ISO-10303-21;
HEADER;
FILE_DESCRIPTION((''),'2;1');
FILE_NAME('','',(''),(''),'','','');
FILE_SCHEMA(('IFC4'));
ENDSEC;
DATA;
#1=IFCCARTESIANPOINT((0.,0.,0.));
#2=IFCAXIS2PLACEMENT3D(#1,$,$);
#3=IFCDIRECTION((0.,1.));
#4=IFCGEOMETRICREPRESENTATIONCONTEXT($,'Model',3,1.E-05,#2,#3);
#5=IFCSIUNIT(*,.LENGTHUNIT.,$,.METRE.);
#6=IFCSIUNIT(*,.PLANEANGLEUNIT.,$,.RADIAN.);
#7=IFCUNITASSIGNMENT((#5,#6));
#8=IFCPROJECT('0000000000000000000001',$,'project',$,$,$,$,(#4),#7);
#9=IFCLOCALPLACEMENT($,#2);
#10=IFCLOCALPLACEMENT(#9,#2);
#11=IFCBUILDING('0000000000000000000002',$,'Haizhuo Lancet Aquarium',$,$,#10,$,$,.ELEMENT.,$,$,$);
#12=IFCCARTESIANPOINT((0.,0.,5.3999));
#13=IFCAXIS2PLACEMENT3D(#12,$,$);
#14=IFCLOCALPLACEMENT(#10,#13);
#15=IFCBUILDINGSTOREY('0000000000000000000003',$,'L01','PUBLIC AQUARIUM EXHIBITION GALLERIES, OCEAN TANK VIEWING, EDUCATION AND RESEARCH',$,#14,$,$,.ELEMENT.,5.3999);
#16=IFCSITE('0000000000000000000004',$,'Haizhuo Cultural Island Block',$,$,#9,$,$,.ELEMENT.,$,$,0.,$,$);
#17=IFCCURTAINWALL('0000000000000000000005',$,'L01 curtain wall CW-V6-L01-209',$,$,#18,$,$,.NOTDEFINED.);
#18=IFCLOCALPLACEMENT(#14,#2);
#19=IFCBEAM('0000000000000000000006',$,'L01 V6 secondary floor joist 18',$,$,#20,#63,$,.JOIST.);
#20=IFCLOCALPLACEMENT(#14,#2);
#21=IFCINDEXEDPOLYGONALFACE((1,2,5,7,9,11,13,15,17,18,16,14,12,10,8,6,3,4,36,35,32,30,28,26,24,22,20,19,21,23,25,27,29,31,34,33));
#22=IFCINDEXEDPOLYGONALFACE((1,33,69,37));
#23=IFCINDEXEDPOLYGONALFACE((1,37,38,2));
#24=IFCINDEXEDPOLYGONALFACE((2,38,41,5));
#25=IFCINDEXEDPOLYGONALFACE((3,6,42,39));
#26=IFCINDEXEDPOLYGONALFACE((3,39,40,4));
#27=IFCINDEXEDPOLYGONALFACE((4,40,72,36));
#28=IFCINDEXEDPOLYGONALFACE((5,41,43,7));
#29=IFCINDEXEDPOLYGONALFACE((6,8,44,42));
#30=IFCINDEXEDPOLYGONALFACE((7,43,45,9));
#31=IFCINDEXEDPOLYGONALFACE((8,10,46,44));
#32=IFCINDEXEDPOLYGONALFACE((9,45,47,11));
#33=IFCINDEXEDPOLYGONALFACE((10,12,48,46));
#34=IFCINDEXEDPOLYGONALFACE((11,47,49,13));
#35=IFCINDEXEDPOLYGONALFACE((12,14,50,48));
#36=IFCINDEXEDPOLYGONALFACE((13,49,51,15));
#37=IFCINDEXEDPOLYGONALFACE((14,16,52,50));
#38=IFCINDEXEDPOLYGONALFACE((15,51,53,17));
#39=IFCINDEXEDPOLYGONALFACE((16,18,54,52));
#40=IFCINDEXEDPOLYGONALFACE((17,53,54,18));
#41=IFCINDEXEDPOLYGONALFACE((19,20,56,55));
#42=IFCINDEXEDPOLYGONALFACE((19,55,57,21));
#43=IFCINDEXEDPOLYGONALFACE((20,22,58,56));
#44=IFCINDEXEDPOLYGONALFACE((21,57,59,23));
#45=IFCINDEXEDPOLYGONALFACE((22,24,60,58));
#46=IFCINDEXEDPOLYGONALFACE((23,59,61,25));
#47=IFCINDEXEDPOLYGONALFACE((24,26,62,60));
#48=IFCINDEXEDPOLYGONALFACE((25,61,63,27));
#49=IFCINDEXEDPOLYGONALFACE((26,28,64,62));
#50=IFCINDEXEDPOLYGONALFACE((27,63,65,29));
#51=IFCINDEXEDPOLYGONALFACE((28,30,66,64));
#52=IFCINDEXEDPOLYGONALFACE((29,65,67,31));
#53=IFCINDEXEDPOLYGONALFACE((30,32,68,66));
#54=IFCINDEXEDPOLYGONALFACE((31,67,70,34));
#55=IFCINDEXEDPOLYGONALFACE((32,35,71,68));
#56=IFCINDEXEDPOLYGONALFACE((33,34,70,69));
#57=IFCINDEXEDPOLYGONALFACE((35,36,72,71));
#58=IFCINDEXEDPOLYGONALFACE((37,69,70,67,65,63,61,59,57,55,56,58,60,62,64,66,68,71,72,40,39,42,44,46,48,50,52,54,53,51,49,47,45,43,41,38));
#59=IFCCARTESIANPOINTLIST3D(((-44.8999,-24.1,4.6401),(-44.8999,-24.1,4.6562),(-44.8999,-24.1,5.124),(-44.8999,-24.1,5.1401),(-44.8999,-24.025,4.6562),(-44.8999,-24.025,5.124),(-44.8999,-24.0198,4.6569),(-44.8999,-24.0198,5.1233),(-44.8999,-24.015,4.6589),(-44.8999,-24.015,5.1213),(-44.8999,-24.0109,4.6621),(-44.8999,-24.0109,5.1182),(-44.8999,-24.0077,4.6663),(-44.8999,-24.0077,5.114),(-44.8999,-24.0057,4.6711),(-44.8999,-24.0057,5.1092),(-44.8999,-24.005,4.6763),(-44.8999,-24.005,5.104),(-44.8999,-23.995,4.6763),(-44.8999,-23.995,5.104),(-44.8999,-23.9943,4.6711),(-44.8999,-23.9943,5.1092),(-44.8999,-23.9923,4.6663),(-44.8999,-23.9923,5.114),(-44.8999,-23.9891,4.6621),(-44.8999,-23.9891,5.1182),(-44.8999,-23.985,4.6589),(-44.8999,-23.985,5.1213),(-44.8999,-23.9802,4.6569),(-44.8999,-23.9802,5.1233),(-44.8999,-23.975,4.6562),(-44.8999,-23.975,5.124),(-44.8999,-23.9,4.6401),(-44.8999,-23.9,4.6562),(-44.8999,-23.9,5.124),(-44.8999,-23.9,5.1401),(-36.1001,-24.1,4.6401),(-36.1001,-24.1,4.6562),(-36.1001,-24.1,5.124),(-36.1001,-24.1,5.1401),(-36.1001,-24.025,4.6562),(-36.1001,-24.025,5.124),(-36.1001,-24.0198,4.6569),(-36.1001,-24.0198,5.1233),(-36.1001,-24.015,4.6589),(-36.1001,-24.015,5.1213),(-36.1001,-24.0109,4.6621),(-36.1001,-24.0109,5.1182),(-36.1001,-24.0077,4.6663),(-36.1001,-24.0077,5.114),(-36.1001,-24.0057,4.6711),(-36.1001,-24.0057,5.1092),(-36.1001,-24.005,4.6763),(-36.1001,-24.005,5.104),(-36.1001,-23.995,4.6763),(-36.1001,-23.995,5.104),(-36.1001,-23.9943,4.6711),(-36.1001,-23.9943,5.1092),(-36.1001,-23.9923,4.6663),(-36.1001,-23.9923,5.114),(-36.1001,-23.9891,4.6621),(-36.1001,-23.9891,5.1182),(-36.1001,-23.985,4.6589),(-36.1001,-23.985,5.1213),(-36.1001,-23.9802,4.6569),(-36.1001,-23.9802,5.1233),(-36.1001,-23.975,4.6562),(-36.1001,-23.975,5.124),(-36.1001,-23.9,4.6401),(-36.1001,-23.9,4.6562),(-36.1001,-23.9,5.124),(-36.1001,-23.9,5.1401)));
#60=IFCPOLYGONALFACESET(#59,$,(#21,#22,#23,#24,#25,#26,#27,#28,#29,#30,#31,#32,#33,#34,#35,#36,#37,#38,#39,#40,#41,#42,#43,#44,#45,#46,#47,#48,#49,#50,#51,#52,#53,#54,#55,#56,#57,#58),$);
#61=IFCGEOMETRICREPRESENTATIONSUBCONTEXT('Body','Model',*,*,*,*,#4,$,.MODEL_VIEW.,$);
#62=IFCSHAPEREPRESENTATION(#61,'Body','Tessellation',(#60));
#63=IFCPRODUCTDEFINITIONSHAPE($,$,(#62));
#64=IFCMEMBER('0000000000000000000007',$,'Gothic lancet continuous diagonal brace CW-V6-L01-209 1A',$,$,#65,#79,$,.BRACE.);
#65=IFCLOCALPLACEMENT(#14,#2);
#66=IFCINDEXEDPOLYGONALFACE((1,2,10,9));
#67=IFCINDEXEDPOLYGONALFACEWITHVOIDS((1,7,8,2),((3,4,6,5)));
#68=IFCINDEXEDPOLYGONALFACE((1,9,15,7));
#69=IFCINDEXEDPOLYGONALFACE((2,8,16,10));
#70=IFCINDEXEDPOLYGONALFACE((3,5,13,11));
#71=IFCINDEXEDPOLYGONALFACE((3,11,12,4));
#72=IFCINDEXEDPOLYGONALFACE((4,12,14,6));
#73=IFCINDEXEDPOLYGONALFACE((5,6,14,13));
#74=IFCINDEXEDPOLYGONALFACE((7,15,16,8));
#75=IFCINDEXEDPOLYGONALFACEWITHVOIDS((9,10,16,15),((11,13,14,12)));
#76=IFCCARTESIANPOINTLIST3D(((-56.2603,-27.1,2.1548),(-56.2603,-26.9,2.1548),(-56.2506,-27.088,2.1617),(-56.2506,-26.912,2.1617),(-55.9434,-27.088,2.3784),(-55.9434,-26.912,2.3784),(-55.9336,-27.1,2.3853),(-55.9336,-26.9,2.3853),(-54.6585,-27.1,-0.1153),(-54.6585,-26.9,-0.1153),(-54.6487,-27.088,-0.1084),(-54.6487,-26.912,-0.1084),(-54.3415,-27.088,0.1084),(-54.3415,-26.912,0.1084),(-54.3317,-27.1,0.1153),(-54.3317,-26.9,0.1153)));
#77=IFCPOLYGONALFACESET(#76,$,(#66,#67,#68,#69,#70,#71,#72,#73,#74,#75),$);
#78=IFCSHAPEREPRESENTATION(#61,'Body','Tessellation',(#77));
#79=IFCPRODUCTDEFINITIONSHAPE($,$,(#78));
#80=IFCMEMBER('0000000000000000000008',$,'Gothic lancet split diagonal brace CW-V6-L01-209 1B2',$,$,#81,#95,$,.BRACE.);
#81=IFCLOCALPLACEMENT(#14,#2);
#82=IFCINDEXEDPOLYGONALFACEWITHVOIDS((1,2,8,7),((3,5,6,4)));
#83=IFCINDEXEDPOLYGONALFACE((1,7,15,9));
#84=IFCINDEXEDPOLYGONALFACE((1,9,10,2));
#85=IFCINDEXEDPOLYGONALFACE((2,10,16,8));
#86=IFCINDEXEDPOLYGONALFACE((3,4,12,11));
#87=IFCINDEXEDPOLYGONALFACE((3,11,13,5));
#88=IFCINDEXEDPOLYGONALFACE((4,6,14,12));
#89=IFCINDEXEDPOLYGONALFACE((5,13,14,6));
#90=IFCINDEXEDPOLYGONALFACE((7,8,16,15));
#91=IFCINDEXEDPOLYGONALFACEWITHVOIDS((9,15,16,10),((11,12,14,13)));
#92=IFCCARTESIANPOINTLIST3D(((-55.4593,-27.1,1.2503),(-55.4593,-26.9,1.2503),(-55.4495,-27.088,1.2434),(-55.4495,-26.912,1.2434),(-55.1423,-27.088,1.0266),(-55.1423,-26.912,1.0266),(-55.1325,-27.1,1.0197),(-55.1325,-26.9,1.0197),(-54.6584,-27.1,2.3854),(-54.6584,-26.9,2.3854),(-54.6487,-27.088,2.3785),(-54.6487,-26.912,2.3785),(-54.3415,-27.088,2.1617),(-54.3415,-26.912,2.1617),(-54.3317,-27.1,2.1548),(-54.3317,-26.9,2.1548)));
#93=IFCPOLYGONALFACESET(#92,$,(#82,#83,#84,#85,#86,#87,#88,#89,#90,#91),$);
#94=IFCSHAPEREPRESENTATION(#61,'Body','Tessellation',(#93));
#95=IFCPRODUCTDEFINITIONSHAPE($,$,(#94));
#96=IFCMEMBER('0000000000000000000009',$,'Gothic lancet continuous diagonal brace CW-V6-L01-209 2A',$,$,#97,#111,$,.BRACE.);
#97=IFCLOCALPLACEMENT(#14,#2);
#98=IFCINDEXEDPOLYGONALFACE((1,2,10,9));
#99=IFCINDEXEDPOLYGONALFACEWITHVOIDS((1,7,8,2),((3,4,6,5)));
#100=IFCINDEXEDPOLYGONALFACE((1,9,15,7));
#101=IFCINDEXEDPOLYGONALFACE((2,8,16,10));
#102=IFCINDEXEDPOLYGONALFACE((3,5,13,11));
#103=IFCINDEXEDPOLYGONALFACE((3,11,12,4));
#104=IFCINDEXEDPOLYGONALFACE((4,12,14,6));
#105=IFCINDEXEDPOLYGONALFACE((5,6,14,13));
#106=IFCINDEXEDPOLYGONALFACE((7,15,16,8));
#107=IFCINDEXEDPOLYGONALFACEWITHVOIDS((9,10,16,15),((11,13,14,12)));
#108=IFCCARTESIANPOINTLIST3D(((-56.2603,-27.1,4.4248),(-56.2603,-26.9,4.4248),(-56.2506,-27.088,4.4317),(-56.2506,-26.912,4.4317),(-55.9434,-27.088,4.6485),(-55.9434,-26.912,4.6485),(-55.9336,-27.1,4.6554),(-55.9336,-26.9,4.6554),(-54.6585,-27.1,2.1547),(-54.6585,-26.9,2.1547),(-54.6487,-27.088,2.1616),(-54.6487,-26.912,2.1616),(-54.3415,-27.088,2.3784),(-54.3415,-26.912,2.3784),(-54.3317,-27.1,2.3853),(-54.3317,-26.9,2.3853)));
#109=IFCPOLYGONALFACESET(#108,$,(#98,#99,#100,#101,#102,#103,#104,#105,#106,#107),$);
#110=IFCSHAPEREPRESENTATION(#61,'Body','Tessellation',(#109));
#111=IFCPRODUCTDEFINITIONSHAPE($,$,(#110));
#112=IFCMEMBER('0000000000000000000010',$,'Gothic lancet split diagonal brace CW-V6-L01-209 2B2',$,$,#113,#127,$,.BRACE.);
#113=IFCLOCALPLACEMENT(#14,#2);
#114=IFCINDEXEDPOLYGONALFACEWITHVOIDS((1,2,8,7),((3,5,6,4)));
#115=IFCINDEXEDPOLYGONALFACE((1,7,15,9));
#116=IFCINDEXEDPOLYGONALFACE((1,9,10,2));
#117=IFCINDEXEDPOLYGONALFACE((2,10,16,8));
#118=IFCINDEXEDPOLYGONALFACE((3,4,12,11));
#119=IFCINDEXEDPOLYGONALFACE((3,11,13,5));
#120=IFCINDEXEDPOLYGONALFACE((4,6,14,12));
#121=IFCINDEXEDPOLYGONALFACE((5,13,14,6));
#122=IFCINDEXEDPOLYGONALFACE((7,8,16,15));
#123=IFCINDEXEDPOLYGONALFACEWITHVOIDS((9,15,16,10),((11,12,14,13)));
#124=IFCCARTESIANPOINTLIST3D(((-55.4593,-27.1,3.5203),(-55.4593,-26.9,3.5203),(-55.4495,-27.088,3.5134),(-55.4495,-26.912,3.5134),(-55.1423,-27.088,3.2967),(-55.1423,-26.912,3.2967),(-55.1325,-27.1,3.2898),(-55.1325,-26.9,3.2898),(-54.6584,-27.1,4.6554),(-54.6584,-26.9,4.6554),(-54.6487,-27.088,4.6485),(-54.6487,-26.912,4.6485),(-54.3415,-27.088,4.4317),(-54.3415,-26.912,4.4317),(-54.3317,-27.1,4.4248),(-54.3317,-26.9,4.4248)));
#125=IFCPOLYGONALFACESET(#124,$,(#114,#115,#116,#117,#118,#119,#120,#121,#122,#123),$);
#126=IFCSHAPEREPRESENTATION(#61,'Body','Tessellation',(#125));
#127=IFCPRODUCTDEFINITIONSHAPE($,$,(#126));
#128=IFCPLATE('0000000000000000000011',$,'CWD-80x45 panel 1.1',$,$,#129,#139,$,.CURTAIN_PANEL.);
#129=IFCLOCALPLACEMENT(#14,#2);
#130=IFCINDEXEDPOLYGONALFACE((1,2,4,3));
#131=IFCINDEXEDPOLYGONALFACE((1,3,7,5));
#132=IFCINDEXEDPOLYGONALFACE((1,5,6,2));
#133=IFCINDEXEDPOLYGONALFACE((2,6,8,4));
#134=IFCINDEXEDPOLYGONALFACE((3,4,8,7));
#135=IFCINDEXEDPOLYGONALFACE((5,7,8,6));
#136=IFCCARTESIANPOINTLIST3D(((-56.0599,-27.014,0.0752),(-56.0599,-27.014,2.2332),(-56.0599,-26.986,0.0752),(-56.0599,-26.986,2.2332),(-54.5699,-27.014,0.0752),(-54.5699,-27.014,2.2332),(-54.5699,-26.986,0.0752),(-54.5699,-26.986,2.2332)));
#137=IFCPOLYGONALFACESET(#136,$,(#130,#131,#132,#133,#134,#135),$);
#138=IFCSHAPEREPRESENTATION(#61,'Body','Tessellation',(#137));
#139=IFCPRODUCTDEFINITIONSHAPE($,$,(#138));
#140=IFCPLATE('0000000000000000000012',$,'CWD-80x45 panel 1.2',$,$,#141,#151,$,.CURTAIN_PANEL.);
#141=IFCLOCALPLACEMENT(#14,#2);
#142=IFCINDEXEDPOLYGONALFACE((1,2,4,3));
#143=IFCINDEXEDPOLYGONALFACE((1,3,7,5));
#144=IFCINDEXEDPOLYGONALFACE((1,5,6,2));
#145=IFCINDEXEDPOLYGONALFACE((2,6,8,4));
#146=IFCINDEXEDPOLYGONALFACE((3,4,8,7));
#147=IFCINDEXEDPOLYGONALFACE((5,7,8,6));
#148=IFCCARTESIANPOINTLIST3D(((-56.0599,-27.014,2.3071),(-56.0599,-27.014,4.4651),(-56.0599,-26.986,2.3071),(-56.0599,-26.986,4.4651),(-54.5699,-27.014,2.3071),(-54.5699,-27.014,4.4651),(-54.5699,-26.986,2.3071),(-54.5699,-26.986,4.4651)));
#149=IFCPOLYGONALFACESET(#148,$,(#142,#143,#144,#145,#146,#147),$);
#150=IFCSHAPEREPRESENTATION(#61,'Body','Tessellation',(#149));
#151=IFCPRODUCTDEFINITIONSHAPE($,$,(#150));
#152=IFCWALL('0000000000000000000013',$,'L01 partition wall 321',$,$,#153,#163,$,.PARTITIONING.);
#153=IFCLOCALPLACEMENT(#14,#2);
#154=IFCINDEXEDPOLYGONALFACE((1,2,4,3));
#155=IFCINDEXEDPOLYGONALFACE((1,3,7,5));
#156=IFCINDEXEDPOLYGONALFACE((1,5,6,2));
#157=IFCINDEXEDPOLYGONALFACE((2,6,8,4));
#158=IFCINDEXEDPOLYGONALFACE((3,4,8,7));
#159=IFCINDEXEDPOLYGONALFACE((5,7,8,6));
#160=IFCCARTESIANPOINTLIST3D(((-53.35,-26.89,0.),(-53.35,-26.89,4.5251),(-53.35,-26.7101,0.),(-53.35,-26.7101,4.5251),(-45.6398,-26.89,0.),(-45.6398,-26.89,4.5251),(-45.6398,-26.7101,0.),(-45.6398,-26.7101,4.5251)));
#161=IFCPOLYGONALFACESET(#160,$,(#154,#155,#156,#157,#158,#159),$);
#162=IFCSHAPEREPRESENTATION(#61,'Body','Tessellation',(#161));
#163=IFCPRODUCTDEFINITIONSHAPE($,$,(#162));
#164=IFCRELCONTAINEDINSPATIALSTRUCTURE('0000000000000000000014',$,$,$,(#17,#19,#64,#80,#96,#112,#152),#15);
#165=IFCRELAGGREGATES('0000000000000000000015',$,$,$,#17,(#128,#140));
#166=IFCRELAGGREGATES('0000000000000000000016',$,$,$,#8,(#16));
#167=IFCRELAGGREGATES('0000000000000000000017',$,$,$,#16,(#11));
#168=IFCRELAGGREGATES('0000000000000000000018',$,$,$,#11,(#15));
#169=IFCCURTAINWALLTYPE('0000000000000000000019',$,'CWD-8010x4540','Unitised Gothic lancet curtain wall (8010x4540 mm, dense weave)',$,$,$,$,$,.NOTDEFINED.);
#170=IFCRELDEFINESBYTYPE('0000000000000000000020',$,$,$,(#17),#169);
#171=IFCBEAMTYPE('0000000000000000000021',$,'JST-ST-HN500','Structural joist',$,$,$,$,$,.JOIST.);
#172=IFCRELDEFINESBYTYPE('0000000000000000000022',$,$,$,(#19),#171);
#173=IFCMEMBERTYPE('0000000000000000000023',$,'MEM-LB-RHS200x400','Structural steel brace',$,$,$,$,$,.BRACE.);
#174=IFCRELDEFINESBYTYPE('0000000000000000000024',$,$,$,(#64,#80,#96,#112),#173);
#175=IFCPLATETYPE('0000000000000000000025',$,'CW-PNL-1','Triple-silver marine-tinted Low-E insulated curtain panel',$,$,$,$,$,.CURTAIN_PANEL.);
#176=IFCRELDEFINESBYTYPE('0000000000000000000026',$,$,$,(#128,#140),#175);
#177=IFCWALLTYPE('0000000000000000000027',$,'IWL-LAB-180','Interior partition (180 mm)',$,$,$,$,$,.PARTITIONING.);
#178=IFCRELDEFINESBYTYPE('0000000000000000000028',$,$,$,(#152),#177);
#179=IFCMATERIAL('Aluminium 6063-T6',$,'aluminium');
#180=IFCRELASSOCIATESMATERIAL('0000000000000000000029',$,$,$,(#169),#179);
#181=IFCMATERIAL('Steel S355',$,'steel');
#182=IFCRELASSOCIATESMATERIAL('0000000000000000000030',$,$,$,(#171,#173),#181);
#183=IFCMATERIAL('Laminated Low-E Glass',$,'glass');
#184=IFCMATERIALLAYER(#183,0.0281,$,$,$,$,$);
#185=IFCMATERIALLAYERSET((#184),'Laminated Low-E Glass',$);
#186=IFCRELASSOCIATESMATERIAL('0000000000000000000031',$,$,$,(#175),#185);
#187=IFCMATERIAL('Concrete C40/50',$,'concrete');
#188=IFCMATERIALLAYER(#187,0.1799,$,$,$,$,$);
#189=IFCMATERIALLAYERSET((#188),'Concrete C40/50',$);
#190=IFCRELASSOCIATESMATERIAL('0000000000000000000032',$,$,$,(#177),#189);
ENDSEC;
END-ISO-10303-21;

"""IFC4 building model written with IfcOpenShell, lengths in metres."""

from ifc_helpers import new_model, si_unit, direction, frame, frame_2d, origin, origin_2d, place, context, subcontext, project, spatial, rectangle, hollow_rectangle, i_section, extrude, material, layer, layer_set, material_profile, profile_set, type_object, element, aggregate, save


model = new_model("IFC4")

# Units and contexts
model_context = context("Model", 3, precision=1e-05, world=origin(), true_north=direction((0.0, 1.0)))
body_context = subcontext(model_context, "Body", "Model", "MODEL_VIEW")
ifc_project = project(units=[si_unit("LENGTHUNIT", "METRE"), si_unit("PLANEANGLEUNIT", "RADIAN")], contexts=[model_context])

# Site, building, storey
site_placement = place(None, origin())
site = spatial("IfcSite", under=ifc_project, at=site_placement, Name="Haizhuo Cultural Island Block", CompositionType="ELEMENT", RefElevation=0.0)
building_placement = place(site_placement, origin())
building = spatial("IfcBuilding", under=site, at=building_placement, Name="Haizhuo Lancet Aquarium", CompositionType="ELEMENT")
storey_placement = place(building_placement, frame((0.0, 0.0, 5.3999)))
storey = spatial("IfcBuildingStorey", under=building, at=storey_placement, Name="L01", Description="PUBLIC AQUARIUM EXHIBITION GALLERIES, OCEAN TANK VIEWING, EDUCATION AND RESEARCH", CompositionType="ELEMENT", Elevation=5.3999)

# Shared definitions
ifc_material_1 = material(Name="Concrete C40/50", Category="concrete")

# Shared definitions
ifc_material_2 = material(Name="Steel S355", Category="steel")

# Curtain wall
ifc_material_3 = material(Name="Aluminium 6063-T6", Category="aluminium")
curtain_wall_type = type_object("IfcCurtainWallType", Name="CWD-8010x4540", Description="Unitised Gothic lancet curtain wall (8010x4540 mm, dense weave)", PredefinedType="NOTDEFINED", material=ifc_material_3)
curtain_wall_placement = place(storey_placement, origin())
curtain_wall = element("IfcCurtainWall", 1, at=curtain_wall_placement, inside=storey, type_object=curtain_wall_type, Name="L01 curtain wall CW-V6-L01-209", PredefinedType="NOTDEFINED")

# Beam
ifc_material_profile_1 = material_profile(ifc_material_2, i_section(OverallWidth=0.2, OverallDepth=0.5, WebThickness=0.01, FlangeThickness=0.0161, FilletRadius=0.02, at=origin_2d()), Name="HN 500x200x10x16")
ifc_profile_set_1 = profile_set([ifc_material_profile_1], Name="Steel S355")
beam_type_1 = type_object("IfcBeamType", Name="JST-ST-HN500", Description="Structural joist", PredefinedType="JOIST", material=ifc_profile_set_1)
beam_1_placement = place(storey_placement, frame((-44.8999, -24.0, 4.8901), z_axis=(1.0, 0.0, 0.0), x_axis=(0.0, 1.0, 0.0)))
element("IfcBeam", 2, at=beam_1_placement, inside=storey, type_object=beam_type_1, Name="L01 V6 secondary floor joist 18", PredefinedType="JOIST", context=body_context, shape_type="SweptSolid", body=[
    extrude(i_section(OverallWidth=0.2, OverallDepth=0.5, WebThickness=0.01, FlangeThickness=0.0161, FilletRadius=0.02, at=origin_2d()), origin(), (0.0, 0.0, 1.0), 8.7998),
])

# Members
ifc_material_profile_2 = material_profile(ifc_material_2, hollow_rectangle(XDim=0.2, YDim=0.3999, WallThickness=0.012, at=origin_2d()), Name="RHS 200x400x12")
ifc_profile_set_2 = profile_set([ifc_material_profile_2], Name="Steel S355")
member_type_1 = type_object("IfcMemberType", Name="MEM-LB-RHS200x400", Description="Structural steel brace", PredefinedType="BRACE", material=ifc_profile_set_2)
member_1_placement = place(storey_placement, frame((-54.4951, -27.0, 0.0), z_axis=(-0.576549, 0.0, 0.817063), x_axis=(0.0, -1.0, 0.0)))
element("IfcMember", 3, at=member_1_placement, inside=storey, type_object=member_type_1, Name="Gothic lancet continuous diagonal brace CW-V6-L01-209 1A", PredefinedType="BRACE", context=body_context, shape_type="SweptSolid", body=[
    extrude(hollow_rectangle(XDim=0.2, YDim=0.3999, WallThickness=0.012, at=origin_2d()), origin(), (0.0, 0.0, 1.0), 2.7783),
])
member_2_placement = place(storey_placement, frame((-55.2959, -27.0, 1.135), z_axis=(0.57649, 0.0, 0.817104), x_axis=(0.0, 1.0, 0.0)))
element("IfcMember", 4, at=member_2_placement, inside=storey, type_object=member_type_1, Name="Gothic lancet split diagonal brace CW-V6-L01-209 1B2", PredefinedType="BRACE", context=body_context, shape_type="SweptSolid", body=[
    extrude(hollow_rectangle(XDim=0.2, YDim=0.3999, WallThickness=0.012, at=origin_2d()), origin(), (0.0, 0.0, 1.0), 1.3892),
])
member_3_placement = place(storey_placement, frame((-54.4951, -27.0, 2.27), z_axis=(-0.576549, 0.0, 0.817063), x_axis=(0.0, -1.0, 0.0)))
element("IfcMember", 5, at=member_3_placement, inside=storey, type_object=member_type_1, Name="Gothic lancet continuous diagonal brace CW-V6-L01-209 2A", PredefinedType="BRACE", context=body_context, shape_type="SweptSolid", body=[
    extrude(hollow_rectangle(XDim=0.2, YDim=0.3999, WallThickness=0.012, at=origin_2d()), origin(), (0.0, 0.0, 1.0), 2.7783),
])
member_4_placement = place(storey_placement, frame((-55.2959, -27.0, 3.405), z_axis=(0.57649, 0.0, 0.817104), x_axis=(0.0, 1.0, 0.0)))
element("IfcMember", 6, at=member_4_placement, inside=storey, type_object=member_type_1, Name="Gothic lancet split diagonal brace CW-V6-L01-209 2B2", PredefinedType="BRACE", context=body_context, shape_type="SweptSolid", body=[
    extrude(hollow_rectangle(XDim=0.2, YDim=0.3999, WallThickness=0.012, at=origin_2d()), origin(), (0.0, 0.0, 1.0), 1.3892),
])

# Plates
ifc_material_4 = material(Name="Laminated Low-E Glass", Category="glass")
ifc_layer_1 = layer(ifc_material_4, 0.0281)
ifc_layer_set_1 = layer_set([ifc_layer_1], Name="Laminated Low-E Glass")
plate_type = type_object("IfcPlateType", Name="CW-PNL-1", Description="Triple-silver marine-tinted Low-E insulated curtain panel", PredefinedType="CURTAIN_PANEL", material=ifc_layer_set_1)
plate_1_placement = place(storey_placement, frame((-55.3149, -27.0, 0.0752), z_axis=(0.0, 0.0, 1.0), x_axis=(-1.0, 0.0, 0.0)))
plate_1 = element("IfcPlate", 7, at=plate_1_placement, type_object=plate_type, Name="CWD-80x45 panel 1.1", PredefinedType="CURTAIN_PANEL", context=body_context, shape_type="SweptSolid", body=[
    extrude(rectangle(XDim=1.49, YDim=0.0281, at=origin_2d()), origin(), (0.0, 0.0, 1.0), 2.158),
])
plate_2_placement = place(storey_placement, frame((-55.3149, -27.0, 2.3071), z_axis=(0.0, 0.0, 1.0), x_axis=(-1.0, 0.0, 0.0)))
plate_2 = element("IfcPlate", 8, at=plate_2_placement, type_object=plate_type, Name="CWD-80x45 panel 1.2", PredefinedType="CURTAIN_PANEL", context=body_context, shape_type="SweptSolid", body=[
    extrude(rectangle(XDim=1.49, YDim=0.0281, at=origin_2d()), origin(), (0.0, 0.0, 1.0), 2.158),
])
aggregate(curtain_wall, [plate_1, plate_2])

# Wall
ifc_layer_2 = layer(ifc_material_1, 0.1799)
ifc_layer_set_2 = layer_set([ifc_layer_2], Name="Concrete C40/50")
wall_type_1 = type_object("IfcWallType", Name="IWL-LAB-180", Description="Interior partition (180 mm)", PredefinedType="PARTITIONING", material=ifc_layer_set_2)
wall_1_placement = place(storey_placement, frame((-45.6399, -26.8, 0.0), z_axis=(0.0, 0.0, 1.0), x_axis=(-1.0, 0.0, 0.0)))
element("IfcWall", 9, at=wall_1_placement, inside=storey, type_object=wall_type_1, Name="L01 partition wall 321", PredefinedType="PARTITIONING", context=body_context, shape_type="SweptSolid", body=[
    extrude(rectangle(XDim=7.7102, YDim=0.1799, at=frame_2d((3.855, 0.0))), origin(), (0.0, 0.0, 1.0), 4.5251),
])

save(model, "model.ifc")
